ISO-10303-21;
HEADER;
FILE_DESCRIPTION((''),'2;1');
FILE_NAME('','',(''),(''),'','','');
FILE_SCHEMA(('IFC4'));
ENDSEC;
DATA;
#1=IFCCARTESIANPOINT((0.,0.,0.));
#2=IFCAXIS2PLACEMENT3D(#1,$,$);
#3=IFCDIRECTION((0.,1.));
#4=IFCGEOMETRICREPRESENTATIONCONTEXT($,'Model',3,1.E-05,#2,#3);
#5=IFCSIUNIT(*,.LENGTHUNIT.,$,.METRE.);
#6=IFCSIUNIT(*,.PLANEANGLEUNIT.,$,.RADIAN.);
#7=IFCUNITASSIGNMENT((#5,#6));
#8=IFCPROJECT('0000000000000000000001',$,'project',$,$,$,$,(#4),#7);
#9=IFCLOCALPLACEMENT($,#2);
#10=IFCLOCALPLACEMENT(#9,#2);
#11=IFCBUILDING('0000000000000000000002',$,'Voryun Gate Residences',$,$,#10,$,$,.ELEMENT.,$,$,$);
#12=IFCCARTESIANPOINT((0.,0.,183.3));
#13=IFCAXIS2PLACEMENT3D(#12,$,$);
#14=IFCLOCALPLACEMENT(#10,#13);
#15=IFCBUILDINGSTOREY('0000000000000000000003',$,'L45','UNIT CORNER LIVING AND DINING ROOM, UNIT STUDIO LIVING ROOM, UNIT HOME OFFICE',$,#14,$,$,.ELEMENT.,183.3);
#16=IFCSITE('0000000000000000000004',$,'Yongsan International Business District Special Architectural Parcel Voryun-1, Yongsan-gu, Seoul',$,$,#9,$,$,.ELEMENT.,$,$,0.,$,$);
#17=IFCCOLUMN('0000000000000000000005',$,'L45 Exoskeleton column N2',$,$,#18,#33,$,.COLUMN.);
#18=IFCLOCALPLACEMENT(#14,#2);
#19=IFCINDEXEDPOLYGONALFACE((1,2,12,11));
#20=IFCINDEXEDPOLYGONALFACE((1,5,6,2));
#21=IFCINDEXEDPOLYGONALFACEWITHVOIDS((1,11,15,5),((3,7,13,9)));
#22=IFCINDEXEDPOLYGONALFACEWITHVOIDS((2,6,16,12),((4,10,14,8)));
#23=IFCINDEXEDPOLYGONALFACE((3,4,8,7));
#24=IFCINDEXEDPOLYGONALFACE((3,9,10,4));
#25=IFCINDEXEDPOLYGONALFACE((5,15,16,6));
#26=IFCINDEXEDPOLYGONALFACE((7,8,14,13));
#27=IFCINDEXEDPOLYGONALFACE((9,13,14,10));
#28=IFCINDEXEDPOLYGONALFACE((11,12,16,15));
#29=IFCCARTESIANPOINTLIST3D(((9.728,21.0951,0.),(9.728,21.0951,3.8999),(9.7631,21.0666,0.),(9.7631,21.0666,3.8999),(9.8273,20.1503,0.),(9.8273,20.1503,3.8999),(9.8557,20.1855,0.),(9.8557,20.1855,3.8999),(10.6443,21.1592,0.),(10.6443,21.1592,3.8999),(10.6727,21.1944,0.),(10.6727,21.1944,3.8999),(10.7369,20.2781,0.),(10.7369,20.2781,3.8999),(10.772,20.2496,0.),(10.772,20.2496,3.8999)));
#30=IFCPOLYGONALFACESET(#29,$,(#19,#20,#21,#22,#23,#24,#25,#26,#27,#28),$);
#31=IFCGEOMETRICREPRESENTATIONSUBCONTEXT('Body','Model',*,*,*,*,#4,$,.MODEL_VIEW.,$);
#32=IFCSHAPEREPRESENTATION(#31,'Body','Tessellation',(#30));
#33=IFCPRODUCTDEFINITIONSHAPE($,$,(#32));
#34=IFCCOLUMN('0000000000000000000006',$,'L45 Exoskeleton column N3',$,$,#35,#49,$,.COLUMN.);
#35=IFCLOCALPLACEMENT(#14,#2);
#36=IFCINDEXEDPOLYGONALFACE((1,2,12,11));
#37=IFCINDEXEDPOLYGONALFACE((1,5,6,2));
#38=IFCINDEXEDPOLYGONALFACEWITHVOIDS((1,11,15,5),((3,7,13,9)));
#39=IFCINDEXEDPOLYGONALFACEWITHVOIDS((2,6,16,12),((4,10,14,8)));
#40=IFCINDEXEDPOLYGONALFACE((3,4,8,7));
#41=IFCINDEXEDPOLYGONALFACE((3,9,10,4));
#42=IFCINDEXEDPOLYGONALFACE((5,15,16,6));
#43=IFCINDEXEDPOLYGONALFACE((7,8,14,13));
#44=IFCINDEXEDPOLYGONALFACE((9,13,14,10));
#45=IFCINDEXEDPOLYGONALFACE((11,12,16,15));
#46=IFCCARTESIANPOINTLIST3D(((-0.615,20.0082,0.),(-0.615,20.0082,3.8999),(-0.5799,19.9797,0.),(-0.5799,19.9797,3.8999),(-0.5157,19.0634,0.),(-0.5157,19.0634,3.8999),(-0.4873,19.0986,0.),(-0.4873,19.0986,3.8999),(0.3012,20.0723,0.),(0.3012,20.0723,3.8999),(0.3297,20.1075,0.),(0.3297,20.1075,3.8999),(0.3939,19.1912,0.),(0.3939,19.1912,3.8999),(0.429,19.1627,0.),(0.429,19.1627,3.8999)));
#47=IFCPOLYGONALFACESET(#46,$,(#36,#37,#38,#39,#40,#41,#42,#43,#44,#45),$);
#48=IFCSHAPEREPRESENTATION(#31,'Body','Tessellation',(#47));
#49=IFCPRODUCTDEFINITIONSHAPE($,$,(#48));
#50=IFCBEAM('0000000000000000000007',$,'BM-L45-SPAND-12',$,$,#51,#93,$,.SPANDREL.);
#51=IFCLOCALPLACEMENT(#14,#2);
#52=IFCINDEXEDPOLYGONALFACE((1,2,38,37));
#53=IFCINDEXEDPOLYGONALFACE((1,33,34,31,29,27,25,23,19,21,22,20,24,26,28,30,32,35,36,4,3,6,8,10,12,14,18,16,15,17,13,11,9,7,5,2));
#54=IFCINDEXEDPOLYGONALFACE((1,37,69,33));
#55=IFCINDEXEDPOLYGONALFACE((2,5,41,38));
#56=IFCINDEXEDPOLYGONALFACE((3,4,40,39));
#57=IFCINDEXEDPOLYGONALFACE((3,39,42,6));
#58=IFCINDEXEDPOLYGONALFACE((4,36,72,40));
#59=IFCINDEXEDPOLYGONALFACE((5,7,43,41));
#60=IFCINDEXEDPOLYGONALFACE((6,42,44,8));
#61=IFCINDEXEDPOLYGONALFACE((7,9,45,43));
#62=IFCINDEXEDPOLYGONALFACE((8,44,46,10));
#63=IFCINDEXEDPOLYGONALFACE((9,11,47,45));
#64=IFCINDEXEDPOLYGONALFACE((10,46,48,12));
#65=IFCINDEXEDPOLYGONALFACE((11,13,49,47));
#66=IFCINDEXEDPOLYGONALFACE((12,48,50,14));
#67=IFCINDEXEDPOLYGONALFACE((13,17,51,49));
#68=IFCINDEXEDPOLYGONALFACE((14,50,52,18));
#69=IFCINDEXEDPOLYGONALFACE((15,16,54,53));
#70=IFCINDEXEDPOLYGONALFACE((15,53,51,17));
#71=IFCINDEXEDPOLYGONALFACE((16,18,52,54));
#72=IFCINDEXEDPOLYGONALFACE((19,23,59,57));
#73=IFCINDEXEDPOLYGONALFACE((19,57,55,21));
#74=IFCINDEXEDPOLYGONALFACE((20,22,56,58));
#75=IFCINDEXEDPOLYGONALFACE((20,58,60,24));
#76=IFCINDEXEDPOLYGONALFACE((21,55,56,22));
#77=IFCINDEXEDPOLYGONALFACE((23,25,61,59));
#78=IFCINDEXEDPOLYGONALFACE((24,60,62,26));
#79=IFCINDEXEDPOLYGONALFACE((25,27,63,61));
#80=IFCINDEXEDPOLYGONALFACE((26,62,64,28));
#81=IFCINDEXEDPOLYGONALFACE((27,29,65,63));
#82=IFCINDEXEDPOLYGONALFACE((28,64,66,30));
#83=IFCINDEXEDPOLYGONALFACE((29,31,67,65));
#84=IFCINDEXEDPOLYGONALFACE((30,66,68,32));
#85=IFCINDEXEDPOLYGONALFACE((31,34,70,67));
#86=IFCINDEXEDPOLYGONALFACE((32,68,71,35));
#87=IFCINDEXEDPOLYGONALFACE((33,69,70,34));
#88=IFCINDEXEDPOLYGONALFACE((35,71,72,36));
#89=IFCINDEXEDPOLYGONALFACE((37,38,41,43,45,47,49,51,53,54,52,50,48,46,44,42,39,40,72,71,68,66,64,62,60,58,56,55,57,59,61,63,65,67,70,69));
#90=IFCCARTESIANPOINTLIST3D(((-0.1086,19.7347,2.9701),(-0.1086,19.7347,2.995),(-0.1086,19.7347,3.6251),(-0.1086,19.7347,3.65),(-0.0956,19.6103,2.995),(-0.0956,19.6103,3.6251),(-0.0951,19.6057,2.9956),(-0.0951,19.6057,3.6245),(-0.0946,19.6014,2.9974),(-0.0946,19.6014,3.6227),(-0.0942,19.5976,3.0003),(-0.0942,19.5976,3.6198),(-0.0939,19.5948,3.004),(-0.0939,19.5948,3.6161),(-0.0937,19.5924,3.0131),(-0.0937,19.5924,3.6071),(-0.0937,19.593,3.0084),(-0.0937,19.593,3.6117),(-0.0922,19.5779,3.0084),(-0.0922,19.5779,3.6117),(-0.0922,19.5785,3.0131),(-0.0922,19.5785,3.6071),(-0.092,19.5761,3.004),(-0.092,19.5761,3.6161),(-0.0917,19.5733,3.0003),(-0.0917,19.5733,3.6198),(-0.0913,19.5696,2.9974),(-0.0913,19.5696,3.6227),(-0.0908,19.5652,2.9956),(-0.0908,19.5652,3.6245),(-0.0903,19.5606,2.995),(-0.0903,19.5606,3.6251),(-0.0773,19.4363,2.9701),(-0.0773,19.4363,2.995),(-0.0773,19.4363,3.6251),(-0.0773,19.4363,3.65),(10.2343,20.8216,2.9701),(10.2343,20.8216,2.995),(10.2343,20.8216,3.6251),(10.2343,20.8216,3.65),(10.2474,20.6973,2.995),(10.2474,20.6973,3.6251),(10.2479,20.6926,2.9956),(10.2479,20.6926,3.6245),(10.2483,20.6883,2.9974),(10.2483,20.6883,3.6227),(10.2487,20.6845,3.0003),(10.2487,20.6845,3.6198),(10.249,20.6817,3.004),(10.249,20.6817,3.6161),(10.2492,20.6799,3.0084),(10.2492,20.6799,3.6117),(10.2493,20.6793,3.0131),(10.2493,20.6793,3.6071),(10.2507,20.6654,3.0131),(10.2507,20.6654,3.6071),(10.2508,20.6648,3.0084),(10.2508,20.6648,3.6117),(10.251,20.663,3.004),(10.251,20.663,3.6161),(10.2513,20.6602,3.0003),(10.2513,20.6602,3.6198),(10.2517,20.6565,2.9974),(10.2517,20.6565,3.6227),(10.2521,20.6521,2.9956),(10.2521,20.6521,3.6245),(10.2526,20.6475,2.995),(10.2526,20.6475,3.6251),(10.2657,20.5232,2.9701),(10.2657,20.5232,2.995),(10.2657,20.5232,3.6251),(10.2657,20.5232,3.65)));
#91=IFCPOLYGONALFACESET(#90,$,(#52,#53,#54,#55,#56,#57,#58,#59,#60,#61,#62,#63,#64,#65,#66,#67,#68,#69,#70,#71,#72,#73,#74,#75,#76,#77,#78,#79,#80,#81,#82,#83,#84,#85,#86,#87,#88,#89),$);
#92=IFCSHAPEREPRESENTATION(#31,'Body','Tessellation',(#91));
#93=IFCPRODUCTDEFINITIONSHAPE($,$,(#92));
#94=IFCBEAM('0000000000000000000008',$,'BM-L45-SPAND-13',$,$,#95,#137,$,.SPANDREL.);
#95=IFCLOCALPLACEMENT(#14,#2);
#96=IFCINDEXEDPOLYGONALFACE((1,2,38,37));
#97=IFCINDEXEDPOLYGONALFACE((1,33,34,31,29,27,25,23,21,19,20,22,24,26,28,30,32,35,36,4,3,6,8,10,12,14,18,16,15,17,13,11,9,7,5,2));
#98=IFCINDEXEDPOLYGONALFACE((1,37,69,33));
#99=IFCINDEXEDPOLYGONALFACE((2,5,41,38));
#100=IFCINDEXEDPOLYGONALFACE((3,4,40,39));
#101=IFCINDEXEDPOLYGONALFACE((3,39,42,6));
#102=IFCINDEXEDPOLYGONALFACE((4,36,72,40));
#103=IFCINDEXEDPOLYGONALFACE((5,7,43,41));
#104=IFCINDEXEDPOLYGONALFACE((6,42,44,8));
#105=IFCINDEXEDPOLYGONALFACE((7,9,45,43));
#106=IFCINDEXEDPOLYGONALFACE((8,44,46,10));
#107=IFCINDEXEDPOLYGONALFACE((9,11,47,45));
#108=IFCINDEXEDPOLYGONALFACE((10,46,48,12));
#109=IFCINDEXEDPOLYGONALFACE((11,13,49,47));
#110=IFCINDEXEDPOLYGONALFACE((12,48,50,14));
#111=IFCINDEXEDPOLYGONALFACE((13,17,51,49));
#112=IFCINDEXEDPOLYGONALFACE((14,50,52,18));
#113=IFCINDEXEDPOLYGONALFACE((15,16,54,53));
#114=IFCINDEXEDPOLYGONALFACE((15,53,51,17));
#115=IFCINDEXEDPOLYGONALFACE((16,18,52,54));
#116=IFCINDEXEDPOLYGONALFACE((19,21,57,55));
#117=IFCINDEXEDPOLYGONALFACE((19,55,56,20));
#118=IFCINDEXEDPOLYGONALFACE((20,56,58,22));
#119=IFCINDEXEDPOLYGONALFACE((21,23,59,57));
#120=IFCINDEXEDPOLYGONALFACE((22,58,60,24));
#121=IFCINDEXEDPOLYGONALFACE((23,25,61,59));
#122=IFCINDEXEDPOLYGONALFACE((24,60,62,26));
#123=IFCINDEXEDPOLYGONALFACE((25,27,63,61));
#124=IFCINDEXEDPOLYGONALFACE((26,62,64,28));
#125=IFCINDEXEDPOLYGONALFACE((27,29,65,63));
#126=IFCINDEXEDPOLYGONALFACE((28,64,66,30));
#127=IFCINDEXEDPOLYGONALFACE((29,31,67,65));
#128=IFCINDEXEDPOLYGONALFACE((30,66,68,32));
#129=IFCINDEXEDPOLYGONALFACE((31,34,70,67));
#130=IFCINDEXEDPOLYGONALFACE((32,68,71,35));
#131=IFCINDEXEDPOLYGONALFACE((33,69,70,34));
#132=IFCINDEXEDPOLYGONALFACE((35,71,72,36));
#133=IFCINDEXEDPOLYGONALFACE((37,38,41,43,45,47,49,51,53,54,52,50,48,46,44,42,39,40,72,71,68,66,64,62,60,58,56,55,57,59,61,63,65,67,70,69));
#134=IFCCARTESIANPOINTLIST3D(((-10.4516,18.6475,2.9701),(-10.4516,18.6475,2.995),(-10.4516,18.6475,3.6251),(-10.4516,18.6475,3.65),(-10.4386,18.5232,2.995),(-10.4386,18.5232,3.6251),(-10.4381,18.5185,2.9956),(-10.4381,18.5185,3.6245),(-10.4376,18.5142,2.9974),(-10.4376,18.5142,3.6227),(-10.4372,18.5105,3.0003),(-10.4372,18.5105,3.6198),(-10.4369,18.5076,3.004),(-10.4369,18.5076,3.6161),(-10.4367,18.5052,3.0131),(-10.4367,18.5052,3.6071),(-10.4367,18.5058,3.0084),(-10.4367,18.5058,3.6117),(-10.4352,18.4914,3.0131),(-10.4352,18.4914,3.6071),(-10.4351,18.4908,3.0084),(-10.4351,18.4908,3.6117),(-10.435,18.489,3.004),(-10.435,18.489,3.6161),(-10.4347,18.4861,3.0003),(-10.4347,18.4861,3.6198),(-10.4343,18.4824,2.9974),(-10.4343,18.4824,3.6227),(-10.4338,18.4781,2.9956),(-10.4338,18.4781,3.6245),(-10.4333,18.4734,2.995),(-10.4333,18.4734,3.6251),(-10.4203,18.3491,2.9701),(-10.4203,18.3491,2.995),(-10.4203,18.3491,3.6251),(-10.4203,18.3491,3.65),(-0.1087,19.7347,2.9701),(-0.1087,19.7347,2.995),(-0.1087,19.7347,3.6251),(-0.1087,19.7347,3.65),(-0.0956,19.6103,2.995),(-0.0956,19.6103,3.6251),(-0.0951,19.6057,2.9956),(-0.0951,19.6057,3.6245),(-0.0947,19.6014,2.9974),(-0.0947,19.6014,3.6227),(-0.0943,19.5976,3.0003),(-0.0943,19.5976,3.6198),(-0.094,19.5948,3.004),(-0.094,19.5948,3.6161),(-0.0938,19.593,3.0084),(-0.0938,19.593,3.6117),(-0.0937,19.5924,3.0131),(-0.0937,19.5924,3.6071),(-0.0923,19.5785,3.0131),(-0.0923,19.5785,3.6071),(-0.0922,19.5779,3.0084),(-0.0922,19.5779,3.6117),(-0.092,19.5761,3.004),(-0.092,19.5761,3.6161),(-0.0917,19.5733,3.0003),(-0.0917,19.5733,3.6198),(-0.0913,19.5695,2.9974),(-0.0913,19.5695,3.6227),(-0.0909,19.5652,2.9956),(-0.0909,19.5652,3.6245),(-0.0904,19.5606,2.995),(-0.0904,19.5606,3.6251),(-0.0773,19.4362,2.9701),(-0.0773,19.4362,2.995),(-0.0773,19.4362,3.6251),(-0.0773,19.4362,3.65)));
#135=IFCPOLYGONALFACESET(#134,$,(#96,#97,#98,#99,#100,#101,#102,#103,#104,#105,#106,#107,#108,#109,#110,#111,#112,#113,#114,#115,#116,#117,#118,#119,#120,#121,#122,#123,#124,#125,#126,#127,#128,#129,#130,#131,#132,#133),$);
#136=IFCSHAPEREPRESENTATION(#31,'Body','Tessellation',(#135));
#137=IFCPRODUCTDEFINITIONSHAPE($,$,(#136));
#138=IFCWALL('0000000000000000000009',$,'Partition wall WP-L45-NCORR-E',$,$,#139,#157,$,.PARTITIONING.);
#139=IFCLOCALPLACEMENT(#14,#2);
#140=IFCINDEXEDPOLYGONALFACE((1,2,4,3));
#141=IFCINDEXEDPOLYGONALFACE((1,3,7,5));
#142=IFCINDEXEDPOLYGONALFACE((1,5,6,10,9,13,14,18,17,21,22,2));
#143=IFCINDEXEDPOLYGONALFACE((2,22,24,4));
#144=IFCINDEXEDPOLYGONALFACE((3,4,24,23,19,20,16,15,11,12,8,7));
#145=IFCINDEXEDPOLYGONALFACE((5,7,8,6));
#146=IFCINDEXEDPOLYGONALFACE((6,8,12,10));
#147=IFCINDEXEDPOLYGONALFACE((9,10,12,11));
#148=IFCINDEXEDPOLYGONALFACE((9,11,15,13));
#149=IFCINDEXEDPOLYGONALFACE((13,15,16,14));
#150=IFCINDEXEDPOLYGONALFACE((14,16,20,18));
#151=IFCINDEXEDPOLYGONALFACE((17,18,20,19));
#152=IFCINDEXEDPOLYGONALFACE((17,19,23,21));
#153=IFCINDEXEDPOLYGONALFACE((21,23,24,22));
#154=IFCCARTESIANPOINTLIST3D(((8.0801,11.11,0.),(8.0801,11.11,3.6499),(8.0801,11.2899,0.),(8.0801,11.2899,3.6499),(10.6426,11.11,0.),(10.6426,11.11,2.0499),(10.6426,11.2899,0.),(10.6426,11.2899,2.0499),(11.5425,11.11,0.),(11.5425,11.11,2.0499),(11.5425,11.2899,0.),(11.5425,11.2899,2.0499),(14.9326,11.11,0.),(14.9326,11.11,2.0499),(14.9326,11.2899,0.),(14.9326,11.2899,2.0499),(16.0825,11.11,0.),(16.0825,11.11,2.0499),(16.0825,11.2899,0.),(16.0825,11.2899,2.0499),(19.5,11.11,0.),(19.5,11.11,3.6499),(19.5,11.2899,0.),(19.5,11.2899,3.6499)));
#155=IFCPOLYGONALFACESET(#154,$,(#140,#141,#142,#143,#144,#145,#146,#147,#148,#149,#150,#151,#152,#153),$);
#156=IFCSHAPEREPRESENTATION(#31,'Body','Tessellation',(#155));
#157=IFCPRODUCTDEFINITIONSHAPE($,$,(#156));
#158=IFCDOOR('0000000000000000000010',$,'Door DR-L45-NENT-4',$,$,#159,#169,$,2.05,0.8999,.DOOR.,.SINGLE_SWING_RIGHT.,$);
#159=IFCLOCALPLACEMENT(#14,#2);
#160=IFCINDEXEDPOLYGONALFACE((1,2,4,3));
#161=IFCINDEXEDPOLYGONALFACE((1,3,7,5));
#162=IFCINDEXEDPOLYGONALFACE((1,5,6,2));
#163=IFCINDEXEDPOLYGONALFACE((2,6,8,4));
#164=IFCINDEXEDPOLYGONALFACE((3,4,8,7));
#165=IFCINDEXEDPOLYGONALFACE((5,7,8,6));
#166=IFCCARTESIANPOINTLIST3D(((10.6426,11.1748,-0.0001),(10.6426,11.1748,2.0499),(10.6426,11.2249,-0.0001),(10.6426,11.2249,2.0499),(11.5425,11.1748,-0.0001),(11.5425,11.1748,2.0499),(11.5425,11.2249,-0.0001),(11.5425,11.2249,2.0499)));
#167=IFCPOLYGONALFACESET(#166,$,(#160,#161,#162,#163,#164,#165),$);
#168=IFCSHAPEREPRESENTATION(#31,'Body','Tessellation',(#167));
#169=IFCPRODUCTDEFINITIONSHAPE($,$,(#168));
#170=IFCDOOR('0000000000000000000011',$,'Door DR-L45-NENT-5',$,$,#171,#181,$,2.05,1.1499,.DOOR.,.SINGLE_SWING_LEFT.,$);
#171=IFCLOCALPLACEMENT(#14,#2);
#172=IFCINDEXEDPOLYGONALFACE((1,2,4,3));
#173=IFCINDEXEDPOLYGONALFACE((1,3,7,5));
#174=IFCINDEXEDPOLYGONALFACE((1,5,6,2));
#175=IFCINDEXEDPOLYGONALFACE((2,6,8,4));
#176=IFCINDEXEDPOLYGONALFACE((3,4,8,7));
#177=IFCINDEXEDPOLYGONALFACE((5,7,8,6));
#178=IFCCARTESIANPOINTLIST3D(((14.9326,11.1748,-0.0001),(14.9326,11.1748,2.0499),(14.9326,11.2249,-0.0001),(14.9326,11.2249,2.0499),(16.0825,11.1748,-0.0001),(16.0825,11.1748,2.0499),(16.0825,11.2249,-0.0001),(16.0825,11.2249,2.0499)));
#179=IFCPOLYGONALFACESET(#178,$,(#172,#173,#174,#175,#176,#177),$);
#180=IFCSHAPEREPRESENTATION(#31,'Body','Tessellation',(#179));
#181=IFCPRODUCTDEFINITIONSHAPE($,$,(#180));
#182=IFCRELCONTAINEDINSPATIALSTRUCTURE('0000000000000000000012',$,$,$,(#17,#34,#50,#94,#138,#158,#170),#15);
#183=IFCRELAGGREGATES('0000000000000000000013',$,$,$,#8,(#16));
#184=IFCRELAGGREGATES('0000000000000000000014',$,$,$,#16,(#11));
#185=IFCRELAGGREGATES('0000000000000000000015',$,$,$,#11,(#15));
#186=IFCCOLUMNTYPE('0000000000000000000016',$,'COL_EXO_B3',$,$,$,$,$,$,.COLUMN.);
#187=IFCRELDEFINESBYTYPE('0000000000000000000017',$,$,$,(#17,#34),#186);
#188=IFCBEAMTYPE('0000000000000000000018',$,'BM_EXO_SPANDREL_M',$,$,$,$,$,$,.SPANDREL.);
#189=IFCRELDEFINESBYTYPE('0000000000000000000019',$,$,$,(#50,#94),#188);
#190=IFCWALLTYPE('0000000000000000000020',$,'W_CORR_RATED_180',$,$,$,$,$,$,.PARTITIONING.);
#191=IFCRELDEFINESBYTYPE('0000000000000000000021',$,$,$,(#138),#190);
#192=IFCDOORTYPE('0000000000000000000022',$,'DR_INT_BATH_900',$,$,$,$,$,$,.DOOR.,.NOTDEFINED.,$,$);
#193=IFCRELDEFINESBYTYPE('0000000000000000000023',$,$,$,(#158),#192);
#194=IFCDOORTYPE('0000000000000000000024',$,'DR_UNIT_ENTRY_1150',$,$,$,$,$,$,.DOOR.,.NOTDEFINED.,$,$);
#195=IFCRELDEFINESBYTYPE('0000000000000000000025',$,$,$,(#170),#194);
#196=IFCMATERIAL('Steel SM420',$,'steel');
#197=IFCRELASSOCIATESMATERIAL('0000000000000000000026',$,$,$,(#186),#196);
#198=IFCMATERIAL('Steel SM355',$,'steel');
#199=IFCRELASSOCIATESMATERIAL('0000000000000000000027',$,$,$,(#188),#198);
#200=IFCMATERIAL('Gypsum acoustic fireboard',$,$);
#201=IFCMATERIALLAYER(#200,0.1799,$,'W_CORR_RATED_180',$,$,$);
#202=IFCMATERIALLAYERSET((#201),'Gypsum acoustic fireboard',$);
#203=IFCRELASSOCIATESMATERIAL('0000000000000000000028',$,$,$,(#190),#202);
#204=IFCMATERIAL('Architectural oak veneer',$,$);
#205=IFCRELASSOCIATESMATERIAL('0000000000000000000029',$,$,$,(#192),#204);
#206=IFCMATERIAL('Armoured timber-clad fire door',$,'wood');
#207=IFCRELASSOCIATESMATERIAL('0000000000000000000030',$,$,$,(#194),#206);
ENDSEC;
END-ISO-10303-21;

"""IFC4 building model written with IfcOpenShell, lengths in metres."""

from ifc_helpers import new_model, si_unit, direction, frame, frame_2d, origin, origin_2d, place, context, subcontext, project, spatial, rectangle, hollow_rectangle, i_section, extrude, material, layer, layer_set, material_profile, profile_set, type_object, element, fill, save


model = new_model("IFC4")

# Units and contexts
model_context = context("Model", 3, precision=1e-05, world=origin(), true_north=direction((0.0, 1.0)))
body_context = subcontext(model_context, "Body", "Model", "MODEL_VIEW")
ifc_project = project(units=[si_unit("LENGTHUNIT", "METRE"), si_unit("PLANEANGLEUNIT", "RADIAN")], contexts=[model_context])

# Site, building, storey
site_placement = place(None, origin())
site = spatial("IfcSite", under=ifc_project, at=site_placement, Name="Yongsan International Business District Special Architectural Parcel Voryun-1, Yongsan-gu, Seoul", CompositionType="ELEMENT", RefElevation=0.0)
building_placement = place(site_placement, origin())
building = spatial("IfcBuilding", under=site, at=building_placement, Name="Voryun Gate Residences", CompositionType="ELEMENT")
storey_placement = place(building_placement, frame((0.0, 0.0, 183.3)))
storey = spatial("IfcBuildingStorey", under=building, at=storey_placement, Name="L45", Description="UNIT CORNER LIVING AND DINING ROOM, UNIT STUDIO LIVING ROOM, UNIT HOME OFFICE", CompositionType="ELEMENT", Elevation=183.3)

# Columns
ifc_material_1 = material(Name="Steel SM420", Category="steel")
ifc_material_profile_1 = material_profile(ifc_material_1, hollow_rectangle(XDim=0.95, YDim=0.95, WallThickness=0.032, at=origin_2d()), Name="BOX-950x950x32")
ifc_profile_set_1 = profile_set([ifc_material_profile_1], Name="Steel SM420")
column_type = type_object("IfcColumnType", Name="COL_EXO_B3", PredefinedType="COLUMN", material=ifc_profile_set_1)
for number, where, z_axis, x_axis, name in (
    (1, (10.25, 20.6724, 0.0), (0.0, 0.0, 1.0), (0.994522, 0.104528, 0.0), "L45 Exoskeleton column N2"),
    (2, (-0.093, 19.5854, 0.0), (0.0, 0.0, 1.0), (0.994522, 0.104528, 0.0), "L45 Exoskeleton column N3"),
):
    element("IfcColumn", number, at=place(storey_placement, frame(where, z_axis=z_axis, x_axis=x_axis)), inside=storey, type_object=column_type, Name=name, PredefinedType="COLUMN", context=body_context, shape_type="SweptSolid", body=[
        extrude(hollow_rectangle(XDim=0.95, YDim=0.95, WallThickness=0.032, at=origin_2d()), origin(), (0.0, 0.0, 1.0), 3.8999),
    ])

# Beams
ifc_material_2 = material(Name="Steel SM355", Category="steel")
ifc_material_profile_2 = material_profile(ifc_material_2, i_section(OverallWidth=0.3, OverallDepth=0.6799, WebThickness=0.0139, FlangeThickness=0.0249, FilletRadius=0.0181, at=origin_2d()), Name="H-680x300x14x25")
ifc_profile_set_2 = profile_set([ifc_material_profile_2], Name="Steel SM355")
beam_type = type_object("IfcBeamType", Name="BM_EXO_SPANDREL_M", PredefinedType="SPANDREL", material=ifc_profile_set_2)
for number, where, z_axis, x_axis, name in (
    (3, (10.25, 20.6724, 3.3101), (-0.994524, -0.104511, 0.0), (0.104511, -0.994524, 0.0), "BM-L45-SPAND-12"),
    (4, (-0.093, 19.5854, 3.3101), (-0.994521, -0.104534, 0.0), (0.104534, -0.994521, 0.0), "BM-L45-SPAND-13"),
):
    element("IfcBeam", number, at=place(storey_placement, frame(where, z_axis=z_axis, x_axis=x_axis)), inside=storey, type_object=beam_type, Name=name, PredefinedType="SPANDREL", context=body_context, shape_type="SweptSolid", body=[
        extrude(i_section(OverallWidth=0.3, OverallDepth=0.6799, WebThickness=0.0139, FlangeThickness=0.0249, FilletRadius=0.0181, at=origin_2d()), origin(), (0.0, 0.0, 1.0), 10.3999),
    ])

# Wall, openings, doors
ifc_material_3 = material(Name="Gypsum acoustic fireboard")
ifc_layer_1 = layer(ifc_material_3, 0.1799, Name="W_CORR_RATED_180")
ifc_layer_set_1 = layer_set([ifc_layer_1], Name="Gypsum acoustic fireboard")
wall_type_1 = type_object("IfcWallType", Name="W_CORR_RATED_180", PredefinedType="PARTITIONING", material=ifc_layer_set_1)
wall_1_placement = place(storey_placement, frame((8.0801, 11.2, 0.0), z_axis=(0.0, 0.0, 1.0), x_axis=(1.0, 0.0, 0.0)))
wall_1 = element("IfcWall", 5, at=wall_1_placement, inside=storey, type_object=wall_type_1, Name="Partition wall WP-L45-NCORR-E", PredefinedType="PARTITIONING", context=body_context, shape_type="SweptSolid", body=[
    extrude(rectangle(XDim=11.4199, YDim=0.1799, at=frame_2d((5.71, 0.0))), origin(), (0.0, 0.0, 1.0), 3.6499),
])
opening_1_placement = place(wall_1_placement, frame((2.5625, 0.0, 0.0)))
opening_1 = element("IfcOpeningElement", 6, at=opening_1_placement, cuts=wall_1, PredefinedType="OPENING", context=body_context, shape_type="SweptSolid", body=[
    extrude(rectangle(XDim=0.8999, YDim=2.05, at=frame_2d((0.45, 1.0249))), frame((0.0, 0.0999, 0.0), z_axis=(0.0, -1.0, 0.0), x_axis=(1.0, 0.0, 0.0)), (0.0, 0.0, 1.0), 0.2),
])
opening_2_placement = place(wall_1_placement, frame((6.8525, 0.0, 0.0)))
opening_2 = element("IfcOpeningElement", 7, at=opening_2_placement, cuts=wall_1, PredefinedType="OPENING", context=body_context, shape_type="SweptSolid", body=[
    extrude(rectangle(XDim=1.1499, YDim=2.05, at=frame_2d((0.575, 1.0249))), frame((0.0, 0.0999, 0.0), z_axis=(0.0, -1.0, 0.0), x_axis=(1.0, 0.0, 0.0)), (0.0, 0.0, 1.0), 0.2),
])
ifc_material_4 = material(Name="Architectural oak veneer")
door_type_1 = type_object("IfcDoorType", Name="DR_INT_BATH_900", OperationType="NOTDEFINED", PredefinedType="DOOR", material=ifc_material_4)
door_1_placement = place(opening_1_placement, origin())
door_1 = element("IfcDoor", 8, at=door_1_placement, inside=storey, type_object=door_type_1, Name="Door DR-L45-NENT-4", OperationType="SINGLE_SWING_RIGHT", OverallHeight=2.05, OverallWidth=0.8999, PredefinedType="DOOR", context=body_context, shape_type="SweptSolid", body=[
    extrude(rectangle(XDim=0.8999, YDim=2.05, at=frame_2d((0.45, 1.0249))), frame((0.0, 0.0249, 0.0), z_axis=(0.0, -1.0, 0.0), x_axis=(1.0, 0.0, 0.0)), (0.0, 0.0, 1.0), 0.05),
])
fill(opening_1, door_1)
ifc_material_5 = material(Name="Armoured timber-clad fire door", Category="wood")
door_type_2 = type_object("IfcDoorType", Name="DR_UNIT_ENTRY_1150", OperationType="NOTDEFINED", PredefinedType="DOOR", material=ifc_material_5)
door_2_placement = place(opening_2_placement, origin())
door_2 = element("IfcDoor", 9, at=door_2_placement, inside=storey, type_object=door_type_2, Name="Door DR-L45-NENT-5", OperationType="SINGLE_SWING_LEFT", OverallHeight=2.05, OverallWidth=1.1499, PredefinedType="DOOR", context=body_context, shape_type="SweptSolid", body=[
    extrude(rectangle(XDim=1.1499, YDim=2.05, at=frame_2d((0.575, 1.0249))), frame((0.0, 0.0249, 0.0), z_axis=(0.0, -1.0, 0.0), x_axis=(1.0, 0.0, 0.0)), (0.0, 0.0, 1.0), 0.05),
])
fill(opening_2, door_2)

save(model, "model.ifc")
